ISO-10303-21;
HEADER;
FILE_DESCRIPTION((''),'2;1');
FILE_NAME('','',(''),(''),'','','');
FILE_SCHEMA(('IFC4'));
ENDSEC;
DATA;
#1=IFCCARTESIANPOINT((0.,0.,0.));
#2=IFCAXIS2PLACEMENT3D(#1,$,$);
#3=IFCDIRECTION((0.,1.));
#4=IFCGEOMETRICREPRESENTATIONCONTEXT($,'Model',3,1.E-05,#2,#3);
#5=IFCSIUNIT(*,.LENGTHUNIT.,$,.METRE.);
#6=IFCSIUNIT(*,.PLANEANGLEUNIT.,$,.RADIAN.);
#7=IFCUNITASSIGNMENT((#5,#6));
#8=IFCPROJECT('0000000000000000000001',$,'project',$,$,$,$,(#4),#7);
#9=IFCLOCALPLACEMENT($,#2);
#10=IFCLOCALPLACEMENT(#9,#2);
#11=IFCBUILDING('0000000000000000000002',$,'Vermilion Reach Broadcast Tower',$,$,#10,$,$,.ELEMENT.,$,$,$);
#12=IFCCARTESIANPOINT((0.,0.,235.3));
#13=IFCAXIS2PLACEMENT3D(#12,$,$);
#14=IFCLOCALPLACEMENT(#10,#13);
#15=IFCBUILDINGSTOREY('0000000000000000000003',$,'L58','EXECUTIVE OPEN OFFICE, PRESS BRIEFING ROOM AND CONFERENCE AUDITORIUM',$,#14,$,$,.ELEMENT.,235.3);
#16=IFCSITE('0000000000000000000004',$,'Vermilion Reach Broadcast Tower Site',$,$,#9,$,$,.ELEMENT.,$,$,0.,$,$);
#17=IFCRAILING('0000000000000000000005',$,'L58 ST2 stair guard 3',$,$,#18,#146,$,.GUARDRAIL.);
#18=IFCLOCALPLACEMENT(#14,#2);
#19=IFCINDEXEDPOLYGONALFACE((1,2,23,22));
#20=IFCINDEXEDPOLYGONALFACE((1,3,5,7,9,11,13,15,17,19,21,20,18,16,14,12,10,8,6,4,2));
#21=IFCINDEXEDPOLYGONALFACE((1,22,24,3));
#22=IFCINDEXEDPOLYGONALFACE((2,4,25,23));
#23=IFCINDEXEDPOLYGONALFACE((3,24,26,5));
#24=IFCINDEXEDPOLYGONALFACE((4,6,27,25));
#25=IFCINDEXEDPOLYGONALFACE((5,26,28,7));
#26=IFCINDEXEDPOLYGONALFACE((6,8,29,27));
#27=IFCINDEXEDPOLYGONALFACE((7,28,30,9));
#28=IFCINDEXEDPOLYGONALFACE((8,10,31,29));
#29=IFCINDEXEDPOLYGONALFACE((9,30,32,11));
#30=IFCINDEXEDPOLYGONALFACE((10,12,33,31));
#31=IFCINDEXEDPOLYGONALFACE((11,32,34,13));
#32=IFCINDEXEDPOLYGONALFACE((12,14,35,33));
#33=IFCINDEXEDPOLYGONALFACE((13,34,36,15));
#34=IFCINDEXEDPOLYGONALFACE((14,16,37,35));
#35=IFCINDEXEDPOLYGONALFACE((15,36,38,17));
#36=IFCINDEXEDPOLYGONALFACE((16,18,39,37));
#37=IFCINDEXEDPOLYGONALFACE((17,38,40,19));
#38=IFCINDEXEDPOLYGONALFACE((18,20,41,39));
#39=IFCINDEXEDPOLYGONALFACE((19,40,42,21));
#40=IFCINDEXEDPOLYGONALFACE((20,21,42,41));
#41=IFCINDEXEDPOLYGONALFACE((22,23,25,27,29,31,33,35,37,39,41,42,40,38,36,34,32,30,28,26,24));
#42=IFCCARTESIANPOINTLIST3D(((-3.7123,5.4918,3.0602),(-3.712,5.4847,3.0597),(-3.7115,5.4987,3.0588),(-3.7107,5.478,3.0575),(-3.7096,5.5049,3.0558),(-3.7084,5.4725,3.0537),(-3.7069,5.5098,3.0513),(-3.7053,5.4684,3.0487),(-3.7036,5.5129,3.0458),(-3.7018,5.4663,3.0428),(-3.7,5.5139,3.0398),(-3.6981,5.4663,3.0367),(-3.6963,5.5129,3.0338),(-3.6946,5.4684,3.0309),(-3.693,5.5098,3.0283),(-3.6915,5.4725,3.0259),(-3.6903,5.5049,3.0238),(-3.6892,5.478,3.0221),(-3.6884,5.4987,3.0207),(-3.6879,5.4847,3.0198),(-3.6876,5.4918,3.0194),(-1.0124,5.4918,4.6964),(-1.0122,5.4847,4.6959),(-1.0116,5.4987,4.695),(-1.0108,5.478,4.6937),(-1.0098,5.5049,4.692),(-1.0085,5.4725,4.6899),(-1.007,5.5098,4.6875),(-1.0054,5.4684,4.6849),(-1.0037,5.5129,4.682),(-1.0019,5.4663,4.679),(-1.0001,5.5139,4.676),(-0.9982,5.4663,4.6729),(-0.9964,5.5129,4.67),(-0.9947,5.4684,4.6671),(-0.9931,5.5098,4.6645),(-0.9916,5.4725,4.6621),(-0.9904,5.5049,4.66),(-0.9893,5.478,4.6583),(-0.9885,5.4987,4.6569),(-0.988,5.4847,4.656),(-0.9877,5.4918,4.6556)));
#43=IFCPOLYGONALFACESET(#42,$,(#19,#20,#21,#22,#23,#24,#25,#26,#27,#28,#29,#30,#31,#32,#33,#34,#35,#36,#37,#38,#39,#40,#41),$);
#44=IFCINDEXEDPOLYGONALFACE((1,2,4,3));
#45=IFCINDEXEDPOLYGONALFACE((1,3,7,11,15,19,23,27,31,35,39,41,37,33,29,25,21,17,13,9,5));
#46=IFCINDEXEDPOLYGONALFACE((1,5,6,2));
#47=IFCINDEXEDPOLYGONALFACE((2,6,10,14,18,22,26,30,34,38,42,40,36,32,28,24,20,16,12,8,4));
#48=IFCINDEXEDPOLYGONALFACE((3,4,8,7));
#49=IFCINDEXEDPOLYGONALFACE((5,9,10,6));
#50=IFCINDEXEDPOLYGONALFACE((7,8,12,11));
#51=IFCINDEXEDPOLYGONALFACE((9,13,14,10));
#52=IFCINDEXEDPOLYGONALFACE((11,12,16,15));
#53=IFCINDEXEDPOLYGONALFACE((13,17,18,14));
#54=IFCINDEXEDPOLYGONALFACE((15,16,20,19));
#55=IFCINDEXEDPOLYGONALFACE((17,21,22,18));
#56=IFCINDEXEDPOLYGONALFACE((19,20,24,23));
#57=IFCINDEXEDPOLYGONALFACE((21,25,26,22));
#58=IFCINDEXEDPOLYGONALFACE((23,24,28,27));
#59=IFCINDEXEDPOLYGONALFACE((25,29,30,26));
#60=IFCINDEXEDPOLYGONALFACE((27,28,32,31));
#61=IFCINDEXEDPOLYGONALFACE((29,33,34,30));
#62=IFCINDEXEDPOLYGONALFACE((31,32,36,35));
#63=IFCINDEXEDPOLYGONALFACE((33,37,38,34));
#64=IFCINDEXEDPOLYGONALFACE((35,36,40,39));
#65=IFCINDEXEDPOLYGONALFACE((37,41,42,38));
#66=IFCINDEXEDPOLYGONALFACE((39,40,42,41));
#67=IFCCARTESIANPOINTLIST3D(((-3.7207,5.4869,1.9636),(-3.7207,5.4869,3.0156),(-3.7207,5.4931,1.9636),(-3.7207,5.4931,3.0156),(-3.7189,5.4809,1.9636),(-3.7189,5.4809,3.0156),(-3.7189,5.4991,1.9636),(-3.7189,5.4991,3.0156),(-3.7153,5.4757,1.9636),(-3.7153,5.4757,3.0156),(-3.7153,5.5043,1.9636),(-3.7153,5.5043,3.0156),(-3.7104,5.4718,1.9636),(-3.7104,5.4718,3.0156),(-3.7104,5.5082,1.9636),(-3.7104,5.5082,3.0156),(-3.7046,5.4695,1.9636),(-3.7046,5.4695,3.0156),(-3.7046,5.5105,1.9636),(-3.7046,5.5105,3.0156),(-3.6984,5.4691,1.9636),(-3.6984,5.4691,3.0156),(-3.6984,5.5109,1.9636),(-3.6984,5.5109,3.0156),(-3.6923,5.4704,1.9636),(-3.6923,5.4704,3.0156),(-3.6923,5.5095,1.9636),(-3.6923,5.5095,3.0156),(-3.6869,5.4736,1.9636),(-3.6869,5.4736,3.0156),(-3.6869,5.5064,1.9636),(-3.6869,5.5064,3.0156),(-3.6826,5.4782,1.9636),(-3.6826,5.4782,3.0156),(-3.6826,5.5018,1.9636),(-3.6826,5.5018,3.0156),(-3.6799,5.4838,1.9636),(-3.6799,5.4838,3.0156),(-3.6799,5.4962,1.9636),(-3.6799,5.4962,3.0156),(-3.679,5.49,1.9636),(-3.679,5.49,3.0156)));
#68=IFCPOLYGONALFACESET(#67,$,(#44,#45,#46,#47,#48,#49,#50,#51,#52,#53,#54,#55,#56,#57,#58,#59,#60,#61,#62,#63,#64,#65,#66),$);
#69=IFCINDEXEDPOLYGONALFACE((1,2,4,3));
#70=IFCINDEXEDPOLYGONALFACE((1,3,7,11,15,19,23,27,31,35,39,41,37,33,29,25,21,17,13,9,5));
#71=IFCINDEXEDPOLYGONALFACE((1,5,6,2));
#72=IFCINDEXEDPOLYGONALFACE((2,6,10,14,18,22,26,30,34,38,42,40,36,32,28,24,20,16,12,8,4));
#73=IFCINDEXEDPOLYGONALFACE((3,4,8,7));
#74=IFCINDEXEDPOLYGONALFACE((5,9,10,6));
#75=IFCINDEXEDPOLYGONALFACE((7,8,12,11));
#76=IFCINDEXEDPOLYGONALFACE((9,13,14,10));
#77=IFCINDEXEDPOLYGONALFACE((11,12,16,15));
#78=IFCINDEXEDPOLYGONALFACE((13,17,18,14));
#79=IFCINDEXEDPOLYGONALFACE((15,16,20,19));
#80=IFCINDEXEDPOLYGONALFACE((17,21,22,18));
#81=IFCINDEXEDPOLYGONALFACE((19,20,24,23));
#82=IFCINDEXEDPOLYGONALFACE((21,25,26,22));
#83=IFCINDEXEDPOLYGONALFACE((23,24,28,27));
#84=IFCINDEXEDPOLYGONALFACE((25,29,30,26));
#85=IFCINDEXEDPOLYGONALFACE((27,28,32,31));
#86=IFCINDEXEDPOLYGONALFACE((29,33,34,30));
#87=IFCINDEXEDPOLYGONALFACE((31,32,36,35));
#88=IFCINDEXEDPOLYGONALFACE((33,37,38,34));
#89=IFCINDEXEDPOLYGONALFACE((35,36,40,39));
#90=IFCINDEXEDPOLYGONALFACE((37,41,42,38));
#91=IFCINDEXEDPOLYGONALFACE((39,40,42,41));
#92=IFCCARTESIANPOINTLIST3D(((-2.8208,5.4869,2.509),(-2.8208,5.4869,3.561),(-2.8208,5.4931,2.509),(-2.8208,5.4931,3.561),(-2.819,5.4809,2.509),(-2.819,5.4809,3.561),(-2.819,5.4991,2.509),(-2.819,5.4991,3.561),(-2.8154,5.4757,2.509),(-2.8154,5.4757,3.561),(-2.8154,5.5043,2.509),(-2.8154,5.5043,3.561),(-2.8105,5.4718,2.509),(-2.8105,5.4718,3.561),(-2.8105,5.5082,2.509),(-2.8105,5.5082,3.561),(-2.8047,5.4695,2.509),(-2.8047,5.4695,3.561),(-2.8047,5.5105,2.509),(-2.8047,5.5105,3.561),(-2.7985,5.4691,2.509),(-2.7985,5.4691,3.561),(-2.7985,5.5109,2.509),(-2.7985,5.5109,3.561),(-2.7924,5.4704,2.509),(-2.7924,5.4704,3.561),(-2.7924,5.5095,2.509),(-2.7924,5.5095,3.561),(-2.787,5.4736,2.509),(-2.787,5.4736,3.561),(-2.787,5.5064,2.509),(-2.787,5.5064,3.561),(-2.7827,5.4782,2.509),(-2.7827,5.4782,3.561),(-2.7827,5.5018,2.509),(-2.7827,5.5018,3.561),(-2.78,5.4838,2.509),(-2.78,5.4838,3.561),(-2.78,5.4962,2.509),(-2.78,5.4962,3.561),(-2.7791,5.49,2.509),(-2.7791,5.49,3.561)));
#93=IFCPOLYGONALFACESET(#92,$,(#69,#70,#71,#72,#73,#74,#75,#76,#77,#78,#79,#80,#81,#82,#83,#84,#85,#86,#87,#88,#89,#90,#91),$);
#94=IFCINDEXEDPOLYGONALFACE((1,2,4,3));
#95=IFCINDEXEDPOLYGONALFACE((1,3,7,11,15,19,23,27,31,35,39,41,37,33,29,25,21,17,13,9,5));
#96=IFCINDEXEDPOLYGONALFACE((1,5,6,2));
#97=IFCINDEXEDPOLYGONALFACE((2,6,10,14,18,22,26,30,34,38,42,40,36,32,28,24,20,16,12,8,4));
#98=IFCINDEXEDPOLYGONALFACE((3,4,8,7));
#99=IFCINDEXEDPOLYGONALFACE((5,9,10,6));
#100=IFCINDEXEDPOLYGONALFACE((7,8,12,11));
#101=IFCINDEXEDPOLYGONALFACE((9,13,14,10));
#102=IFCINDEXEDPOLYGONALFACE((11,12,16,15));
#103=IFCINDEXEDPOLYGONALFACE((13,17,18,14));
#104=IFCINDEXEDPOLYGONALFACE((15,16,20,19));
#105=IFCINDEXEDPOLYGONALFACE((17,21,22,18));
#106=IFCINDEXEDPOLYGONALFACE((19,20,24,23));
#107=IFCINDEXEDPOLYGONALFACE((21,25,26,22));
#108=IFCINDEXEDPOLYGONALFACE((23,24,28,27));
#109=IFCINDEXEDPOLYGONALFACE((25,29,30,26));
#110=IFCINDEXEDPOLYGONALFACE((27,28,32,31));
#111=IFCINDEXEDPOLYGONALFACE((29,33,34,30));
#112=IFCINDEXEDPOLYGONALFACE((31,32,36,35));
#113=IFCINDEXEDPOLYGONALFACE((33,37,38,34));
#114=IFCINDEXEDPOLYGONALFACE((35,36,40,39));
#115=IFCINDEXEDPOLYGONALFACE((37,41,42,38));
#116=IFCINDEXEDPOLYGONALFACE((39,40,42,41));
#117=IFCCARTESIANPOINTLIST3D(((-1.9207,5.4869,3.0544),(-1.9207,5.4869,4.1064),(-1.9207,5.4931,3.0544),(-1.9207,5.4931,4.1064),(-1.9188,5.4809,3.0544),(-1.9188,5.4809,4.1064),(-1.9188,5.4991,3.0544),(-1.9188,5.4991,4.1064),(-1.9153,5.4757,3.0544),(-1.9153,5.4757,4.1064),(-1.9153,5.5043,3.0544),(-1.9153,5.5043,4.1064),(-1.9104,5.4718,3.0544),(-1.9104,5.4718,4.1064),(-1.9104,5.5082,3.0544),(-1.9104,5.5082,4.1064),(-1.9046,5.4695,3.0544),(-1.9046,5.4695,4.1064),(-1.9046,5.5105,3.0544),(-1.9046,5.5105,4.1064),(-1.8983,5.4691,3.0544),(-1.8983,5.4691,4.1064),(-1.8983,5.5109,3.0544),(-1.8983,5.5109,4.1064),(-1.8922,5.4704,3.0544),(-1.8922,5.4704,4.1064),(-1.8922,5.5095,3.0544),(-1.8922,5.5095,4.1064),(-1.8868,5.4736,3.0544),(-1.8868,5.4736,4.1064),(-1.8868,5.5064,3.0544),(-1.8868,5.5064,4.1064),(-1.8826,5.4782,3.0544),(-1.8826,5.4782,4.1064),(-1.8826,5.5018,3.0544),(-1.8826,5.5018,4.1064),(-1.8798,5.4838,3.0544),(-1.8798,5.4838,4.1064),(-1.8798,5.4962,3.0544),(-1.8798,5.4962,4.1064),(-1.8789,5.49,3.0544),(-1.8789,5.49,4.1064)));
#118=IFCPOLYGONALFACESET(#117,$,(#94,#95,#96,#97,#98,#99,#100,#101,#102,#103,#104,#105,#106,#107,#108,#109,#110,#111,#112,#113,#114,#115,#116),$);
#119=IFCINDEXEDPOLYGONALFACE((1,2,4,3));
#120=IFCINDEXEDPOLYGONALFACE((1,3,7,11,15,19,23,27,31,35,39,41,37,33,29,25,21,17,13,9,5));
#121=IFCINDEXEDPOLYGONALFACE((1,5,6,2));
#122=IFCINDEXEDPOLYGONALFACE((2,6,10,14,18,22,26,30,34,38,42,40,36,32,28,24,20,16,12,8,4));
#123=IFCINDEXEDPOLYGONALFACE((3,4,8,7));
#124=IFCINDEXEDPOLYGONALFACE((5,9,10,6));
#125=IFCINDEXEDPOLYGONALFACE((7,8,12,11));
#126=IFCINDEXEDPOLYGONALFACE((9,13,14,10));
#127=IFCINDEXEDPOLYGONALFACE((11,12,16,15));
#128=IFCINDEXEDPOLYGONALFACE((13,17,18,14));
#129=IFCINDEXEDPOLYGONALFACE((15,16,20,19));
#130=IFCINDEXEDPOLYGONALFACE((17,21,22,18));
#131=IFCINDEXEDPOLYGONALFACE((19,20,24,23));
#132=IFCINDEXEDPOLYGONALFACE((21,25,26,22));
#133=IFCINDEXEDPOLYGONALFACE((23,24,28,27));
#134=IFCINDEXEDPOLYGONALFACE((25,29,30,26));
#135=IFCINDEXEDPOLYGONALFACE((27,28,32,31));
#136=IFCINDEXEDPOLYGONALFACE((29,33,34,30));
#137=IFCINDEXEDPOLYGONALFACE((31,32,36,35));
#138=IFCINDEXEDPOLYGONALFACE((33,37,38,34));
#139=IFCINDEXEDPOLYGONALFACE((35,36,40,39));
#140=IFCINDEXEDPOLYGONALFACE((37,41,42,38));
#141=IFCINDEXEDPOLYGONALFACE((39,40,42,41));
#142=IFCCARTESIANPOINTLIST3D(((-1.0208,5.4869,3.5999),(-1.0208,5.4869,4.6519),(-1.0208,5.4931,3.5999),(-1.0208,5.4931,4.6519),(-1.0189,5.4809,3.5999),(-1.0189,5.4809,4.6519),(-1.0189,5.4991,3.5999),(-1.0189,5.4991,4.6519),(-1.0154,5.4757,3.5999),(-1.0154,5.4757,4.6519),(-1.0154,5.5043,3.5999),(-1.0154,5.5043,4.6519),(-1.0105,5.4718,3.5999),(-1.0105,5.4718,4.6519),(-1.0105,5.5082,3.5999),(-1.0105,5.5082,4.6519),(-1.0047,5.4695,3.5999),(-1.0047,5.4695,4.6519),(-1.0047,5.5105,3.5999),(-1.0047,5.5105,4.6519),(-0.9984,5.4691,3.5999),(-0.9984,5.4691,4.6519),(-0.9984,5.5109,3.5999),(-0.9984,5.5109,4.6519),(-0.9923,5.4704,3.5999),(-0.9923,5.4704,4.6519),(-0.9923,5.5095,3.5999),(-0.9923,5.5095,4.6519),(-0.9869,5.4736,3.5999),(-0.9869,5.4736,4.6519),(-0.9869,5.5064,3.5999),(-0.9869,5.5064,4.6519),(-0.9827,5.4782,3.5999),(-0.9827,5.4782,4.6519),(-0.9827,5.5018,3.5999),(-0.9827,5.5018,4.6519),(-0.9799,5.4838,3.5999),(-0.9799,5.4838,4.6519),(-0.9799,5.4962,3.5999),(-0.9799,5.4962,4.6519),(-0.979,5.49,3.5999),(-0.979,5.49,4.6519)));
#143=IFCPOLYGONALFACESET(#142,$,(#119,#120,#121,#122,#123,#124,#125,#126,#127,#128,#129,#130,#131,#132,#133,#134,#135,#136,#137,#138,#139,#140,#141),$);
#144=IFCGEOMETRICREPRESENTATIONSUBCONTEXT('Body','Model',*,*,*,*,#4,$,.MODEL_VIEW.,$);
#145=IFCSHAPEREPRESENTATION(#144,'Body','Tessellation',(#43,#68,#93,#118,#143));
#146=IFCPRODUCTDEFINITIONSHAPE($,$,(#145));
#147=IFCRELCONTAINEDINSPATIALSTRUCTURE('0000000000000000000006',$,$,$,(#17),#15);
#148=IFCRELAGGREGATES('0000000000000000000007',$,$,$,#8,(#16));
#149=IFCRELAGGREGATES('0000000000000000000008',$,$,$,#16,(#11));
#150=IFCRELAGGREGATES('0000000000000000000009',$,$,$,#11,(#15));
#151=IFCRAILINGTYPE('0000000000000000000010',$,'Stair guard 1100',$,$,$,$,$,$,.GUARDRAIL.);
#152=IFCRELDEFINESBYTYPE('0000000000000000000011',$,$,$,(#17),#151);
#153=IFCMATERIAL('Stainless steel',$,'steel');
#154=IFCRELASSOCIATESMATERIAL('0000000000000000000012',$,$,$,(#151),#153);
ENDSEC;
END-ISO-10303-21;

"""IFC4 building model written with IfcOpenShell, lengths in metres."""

from ifc_helpers import new_model, si_unit, direction, frame, origin, origin_2d, place, context, subcontext, project, spatial, circle, extrude, material, type_object, element, save


model = new_model("IFC4")

# Units and contexts
model_context = context("Model", 3, precision=1e-05, world=origin(), true_north=direction((0.0, 1.0)))
body_context = subcontext(model_context, "Body", "Model", "MODEL_VIEW")
ifc_project = project(units=[si_unit("LENGTHUNIT", "METRE"), si_unit("PLANEANGLEUNIT", "RADIAN")], contexts=[model_context])

# Site, building, storey
site_placement = place(None, origin())
site = spatial("IfcSite", under=ifc_project, at=site_placement, Name="Vermilion Reach Broadcast Tower Site", CompositionType="ELEMENT", RefElevation=0.0)
building_placement = place(site_placement, origin())
building = spatial("IfcBuilding", under=site, at=building_placement, Name="Vermilion Reach Broadcast Tower", CompositionType="ELEMENT")
storey_placement = place(building_placement, frame((0.0, 0.0, 235.3)))
storey = spatial("IfcBuildingStorey", under=building, at=storey_placement, Name="L58", Description="EXECUTIVE OPEN OFFICE, PRESS BRIEFING ROOM AND CONFERENCE AUDITORIUM", CompositionType="ELEMENT", Elevation=235.3)

# Railing
ifc_material_1 = material(Name="Stainless steel", Category="steel")
railing_type_1 = type_object("IfcRailingType", Name="Stair guard 1100", PredefinedType="GUARDRAIL", material=ifc_material_1)
railing_1_placement = place(storey_placement, frame((-3.7, 5.49, 1.9636)))
element("IfcRailing", 1, at=railing_1_placement, inside=storey, type_object=railing_type_1, Name="L58 ST2 stair guard 3", PredefinedType="GUARDRAIL", context=body_context, shape_type="SweptSolid", body=[
    extrude(circle(Radius=0.0239, at=origin_2d()), frame((0.0, 0.0, 1.0762), z_axis=(0.855212, 0.0, 0.518278), x_axis=(0.0, 1.0, 0.0)), (0.0, 0.0, 1.0), 3.157),
    extrude(circle(Radius=0.021, at=origin_2d()), origin(), (0.0, 0.0, 1.0), 1.052),
    extrude(circle(Radius=0.021, at=origin_2d()), frame((0.8999, 0.0, 0.5454)), (0.0, 0.0, 1.0), 1.052),
    extrude(circle(Radius=0.021, at=origin_2d()), frame((1.8, 0.0, 1.0908)), (0.0, 0.0, 1.0), 1.052),
    extrude(circle(Radius=0.021, at=origin_2d()), frame((2.7, 0.0, 1.6362)), (0.0, 0.0, 1.0), 1.052),
])

save(model, "model.ifc")
